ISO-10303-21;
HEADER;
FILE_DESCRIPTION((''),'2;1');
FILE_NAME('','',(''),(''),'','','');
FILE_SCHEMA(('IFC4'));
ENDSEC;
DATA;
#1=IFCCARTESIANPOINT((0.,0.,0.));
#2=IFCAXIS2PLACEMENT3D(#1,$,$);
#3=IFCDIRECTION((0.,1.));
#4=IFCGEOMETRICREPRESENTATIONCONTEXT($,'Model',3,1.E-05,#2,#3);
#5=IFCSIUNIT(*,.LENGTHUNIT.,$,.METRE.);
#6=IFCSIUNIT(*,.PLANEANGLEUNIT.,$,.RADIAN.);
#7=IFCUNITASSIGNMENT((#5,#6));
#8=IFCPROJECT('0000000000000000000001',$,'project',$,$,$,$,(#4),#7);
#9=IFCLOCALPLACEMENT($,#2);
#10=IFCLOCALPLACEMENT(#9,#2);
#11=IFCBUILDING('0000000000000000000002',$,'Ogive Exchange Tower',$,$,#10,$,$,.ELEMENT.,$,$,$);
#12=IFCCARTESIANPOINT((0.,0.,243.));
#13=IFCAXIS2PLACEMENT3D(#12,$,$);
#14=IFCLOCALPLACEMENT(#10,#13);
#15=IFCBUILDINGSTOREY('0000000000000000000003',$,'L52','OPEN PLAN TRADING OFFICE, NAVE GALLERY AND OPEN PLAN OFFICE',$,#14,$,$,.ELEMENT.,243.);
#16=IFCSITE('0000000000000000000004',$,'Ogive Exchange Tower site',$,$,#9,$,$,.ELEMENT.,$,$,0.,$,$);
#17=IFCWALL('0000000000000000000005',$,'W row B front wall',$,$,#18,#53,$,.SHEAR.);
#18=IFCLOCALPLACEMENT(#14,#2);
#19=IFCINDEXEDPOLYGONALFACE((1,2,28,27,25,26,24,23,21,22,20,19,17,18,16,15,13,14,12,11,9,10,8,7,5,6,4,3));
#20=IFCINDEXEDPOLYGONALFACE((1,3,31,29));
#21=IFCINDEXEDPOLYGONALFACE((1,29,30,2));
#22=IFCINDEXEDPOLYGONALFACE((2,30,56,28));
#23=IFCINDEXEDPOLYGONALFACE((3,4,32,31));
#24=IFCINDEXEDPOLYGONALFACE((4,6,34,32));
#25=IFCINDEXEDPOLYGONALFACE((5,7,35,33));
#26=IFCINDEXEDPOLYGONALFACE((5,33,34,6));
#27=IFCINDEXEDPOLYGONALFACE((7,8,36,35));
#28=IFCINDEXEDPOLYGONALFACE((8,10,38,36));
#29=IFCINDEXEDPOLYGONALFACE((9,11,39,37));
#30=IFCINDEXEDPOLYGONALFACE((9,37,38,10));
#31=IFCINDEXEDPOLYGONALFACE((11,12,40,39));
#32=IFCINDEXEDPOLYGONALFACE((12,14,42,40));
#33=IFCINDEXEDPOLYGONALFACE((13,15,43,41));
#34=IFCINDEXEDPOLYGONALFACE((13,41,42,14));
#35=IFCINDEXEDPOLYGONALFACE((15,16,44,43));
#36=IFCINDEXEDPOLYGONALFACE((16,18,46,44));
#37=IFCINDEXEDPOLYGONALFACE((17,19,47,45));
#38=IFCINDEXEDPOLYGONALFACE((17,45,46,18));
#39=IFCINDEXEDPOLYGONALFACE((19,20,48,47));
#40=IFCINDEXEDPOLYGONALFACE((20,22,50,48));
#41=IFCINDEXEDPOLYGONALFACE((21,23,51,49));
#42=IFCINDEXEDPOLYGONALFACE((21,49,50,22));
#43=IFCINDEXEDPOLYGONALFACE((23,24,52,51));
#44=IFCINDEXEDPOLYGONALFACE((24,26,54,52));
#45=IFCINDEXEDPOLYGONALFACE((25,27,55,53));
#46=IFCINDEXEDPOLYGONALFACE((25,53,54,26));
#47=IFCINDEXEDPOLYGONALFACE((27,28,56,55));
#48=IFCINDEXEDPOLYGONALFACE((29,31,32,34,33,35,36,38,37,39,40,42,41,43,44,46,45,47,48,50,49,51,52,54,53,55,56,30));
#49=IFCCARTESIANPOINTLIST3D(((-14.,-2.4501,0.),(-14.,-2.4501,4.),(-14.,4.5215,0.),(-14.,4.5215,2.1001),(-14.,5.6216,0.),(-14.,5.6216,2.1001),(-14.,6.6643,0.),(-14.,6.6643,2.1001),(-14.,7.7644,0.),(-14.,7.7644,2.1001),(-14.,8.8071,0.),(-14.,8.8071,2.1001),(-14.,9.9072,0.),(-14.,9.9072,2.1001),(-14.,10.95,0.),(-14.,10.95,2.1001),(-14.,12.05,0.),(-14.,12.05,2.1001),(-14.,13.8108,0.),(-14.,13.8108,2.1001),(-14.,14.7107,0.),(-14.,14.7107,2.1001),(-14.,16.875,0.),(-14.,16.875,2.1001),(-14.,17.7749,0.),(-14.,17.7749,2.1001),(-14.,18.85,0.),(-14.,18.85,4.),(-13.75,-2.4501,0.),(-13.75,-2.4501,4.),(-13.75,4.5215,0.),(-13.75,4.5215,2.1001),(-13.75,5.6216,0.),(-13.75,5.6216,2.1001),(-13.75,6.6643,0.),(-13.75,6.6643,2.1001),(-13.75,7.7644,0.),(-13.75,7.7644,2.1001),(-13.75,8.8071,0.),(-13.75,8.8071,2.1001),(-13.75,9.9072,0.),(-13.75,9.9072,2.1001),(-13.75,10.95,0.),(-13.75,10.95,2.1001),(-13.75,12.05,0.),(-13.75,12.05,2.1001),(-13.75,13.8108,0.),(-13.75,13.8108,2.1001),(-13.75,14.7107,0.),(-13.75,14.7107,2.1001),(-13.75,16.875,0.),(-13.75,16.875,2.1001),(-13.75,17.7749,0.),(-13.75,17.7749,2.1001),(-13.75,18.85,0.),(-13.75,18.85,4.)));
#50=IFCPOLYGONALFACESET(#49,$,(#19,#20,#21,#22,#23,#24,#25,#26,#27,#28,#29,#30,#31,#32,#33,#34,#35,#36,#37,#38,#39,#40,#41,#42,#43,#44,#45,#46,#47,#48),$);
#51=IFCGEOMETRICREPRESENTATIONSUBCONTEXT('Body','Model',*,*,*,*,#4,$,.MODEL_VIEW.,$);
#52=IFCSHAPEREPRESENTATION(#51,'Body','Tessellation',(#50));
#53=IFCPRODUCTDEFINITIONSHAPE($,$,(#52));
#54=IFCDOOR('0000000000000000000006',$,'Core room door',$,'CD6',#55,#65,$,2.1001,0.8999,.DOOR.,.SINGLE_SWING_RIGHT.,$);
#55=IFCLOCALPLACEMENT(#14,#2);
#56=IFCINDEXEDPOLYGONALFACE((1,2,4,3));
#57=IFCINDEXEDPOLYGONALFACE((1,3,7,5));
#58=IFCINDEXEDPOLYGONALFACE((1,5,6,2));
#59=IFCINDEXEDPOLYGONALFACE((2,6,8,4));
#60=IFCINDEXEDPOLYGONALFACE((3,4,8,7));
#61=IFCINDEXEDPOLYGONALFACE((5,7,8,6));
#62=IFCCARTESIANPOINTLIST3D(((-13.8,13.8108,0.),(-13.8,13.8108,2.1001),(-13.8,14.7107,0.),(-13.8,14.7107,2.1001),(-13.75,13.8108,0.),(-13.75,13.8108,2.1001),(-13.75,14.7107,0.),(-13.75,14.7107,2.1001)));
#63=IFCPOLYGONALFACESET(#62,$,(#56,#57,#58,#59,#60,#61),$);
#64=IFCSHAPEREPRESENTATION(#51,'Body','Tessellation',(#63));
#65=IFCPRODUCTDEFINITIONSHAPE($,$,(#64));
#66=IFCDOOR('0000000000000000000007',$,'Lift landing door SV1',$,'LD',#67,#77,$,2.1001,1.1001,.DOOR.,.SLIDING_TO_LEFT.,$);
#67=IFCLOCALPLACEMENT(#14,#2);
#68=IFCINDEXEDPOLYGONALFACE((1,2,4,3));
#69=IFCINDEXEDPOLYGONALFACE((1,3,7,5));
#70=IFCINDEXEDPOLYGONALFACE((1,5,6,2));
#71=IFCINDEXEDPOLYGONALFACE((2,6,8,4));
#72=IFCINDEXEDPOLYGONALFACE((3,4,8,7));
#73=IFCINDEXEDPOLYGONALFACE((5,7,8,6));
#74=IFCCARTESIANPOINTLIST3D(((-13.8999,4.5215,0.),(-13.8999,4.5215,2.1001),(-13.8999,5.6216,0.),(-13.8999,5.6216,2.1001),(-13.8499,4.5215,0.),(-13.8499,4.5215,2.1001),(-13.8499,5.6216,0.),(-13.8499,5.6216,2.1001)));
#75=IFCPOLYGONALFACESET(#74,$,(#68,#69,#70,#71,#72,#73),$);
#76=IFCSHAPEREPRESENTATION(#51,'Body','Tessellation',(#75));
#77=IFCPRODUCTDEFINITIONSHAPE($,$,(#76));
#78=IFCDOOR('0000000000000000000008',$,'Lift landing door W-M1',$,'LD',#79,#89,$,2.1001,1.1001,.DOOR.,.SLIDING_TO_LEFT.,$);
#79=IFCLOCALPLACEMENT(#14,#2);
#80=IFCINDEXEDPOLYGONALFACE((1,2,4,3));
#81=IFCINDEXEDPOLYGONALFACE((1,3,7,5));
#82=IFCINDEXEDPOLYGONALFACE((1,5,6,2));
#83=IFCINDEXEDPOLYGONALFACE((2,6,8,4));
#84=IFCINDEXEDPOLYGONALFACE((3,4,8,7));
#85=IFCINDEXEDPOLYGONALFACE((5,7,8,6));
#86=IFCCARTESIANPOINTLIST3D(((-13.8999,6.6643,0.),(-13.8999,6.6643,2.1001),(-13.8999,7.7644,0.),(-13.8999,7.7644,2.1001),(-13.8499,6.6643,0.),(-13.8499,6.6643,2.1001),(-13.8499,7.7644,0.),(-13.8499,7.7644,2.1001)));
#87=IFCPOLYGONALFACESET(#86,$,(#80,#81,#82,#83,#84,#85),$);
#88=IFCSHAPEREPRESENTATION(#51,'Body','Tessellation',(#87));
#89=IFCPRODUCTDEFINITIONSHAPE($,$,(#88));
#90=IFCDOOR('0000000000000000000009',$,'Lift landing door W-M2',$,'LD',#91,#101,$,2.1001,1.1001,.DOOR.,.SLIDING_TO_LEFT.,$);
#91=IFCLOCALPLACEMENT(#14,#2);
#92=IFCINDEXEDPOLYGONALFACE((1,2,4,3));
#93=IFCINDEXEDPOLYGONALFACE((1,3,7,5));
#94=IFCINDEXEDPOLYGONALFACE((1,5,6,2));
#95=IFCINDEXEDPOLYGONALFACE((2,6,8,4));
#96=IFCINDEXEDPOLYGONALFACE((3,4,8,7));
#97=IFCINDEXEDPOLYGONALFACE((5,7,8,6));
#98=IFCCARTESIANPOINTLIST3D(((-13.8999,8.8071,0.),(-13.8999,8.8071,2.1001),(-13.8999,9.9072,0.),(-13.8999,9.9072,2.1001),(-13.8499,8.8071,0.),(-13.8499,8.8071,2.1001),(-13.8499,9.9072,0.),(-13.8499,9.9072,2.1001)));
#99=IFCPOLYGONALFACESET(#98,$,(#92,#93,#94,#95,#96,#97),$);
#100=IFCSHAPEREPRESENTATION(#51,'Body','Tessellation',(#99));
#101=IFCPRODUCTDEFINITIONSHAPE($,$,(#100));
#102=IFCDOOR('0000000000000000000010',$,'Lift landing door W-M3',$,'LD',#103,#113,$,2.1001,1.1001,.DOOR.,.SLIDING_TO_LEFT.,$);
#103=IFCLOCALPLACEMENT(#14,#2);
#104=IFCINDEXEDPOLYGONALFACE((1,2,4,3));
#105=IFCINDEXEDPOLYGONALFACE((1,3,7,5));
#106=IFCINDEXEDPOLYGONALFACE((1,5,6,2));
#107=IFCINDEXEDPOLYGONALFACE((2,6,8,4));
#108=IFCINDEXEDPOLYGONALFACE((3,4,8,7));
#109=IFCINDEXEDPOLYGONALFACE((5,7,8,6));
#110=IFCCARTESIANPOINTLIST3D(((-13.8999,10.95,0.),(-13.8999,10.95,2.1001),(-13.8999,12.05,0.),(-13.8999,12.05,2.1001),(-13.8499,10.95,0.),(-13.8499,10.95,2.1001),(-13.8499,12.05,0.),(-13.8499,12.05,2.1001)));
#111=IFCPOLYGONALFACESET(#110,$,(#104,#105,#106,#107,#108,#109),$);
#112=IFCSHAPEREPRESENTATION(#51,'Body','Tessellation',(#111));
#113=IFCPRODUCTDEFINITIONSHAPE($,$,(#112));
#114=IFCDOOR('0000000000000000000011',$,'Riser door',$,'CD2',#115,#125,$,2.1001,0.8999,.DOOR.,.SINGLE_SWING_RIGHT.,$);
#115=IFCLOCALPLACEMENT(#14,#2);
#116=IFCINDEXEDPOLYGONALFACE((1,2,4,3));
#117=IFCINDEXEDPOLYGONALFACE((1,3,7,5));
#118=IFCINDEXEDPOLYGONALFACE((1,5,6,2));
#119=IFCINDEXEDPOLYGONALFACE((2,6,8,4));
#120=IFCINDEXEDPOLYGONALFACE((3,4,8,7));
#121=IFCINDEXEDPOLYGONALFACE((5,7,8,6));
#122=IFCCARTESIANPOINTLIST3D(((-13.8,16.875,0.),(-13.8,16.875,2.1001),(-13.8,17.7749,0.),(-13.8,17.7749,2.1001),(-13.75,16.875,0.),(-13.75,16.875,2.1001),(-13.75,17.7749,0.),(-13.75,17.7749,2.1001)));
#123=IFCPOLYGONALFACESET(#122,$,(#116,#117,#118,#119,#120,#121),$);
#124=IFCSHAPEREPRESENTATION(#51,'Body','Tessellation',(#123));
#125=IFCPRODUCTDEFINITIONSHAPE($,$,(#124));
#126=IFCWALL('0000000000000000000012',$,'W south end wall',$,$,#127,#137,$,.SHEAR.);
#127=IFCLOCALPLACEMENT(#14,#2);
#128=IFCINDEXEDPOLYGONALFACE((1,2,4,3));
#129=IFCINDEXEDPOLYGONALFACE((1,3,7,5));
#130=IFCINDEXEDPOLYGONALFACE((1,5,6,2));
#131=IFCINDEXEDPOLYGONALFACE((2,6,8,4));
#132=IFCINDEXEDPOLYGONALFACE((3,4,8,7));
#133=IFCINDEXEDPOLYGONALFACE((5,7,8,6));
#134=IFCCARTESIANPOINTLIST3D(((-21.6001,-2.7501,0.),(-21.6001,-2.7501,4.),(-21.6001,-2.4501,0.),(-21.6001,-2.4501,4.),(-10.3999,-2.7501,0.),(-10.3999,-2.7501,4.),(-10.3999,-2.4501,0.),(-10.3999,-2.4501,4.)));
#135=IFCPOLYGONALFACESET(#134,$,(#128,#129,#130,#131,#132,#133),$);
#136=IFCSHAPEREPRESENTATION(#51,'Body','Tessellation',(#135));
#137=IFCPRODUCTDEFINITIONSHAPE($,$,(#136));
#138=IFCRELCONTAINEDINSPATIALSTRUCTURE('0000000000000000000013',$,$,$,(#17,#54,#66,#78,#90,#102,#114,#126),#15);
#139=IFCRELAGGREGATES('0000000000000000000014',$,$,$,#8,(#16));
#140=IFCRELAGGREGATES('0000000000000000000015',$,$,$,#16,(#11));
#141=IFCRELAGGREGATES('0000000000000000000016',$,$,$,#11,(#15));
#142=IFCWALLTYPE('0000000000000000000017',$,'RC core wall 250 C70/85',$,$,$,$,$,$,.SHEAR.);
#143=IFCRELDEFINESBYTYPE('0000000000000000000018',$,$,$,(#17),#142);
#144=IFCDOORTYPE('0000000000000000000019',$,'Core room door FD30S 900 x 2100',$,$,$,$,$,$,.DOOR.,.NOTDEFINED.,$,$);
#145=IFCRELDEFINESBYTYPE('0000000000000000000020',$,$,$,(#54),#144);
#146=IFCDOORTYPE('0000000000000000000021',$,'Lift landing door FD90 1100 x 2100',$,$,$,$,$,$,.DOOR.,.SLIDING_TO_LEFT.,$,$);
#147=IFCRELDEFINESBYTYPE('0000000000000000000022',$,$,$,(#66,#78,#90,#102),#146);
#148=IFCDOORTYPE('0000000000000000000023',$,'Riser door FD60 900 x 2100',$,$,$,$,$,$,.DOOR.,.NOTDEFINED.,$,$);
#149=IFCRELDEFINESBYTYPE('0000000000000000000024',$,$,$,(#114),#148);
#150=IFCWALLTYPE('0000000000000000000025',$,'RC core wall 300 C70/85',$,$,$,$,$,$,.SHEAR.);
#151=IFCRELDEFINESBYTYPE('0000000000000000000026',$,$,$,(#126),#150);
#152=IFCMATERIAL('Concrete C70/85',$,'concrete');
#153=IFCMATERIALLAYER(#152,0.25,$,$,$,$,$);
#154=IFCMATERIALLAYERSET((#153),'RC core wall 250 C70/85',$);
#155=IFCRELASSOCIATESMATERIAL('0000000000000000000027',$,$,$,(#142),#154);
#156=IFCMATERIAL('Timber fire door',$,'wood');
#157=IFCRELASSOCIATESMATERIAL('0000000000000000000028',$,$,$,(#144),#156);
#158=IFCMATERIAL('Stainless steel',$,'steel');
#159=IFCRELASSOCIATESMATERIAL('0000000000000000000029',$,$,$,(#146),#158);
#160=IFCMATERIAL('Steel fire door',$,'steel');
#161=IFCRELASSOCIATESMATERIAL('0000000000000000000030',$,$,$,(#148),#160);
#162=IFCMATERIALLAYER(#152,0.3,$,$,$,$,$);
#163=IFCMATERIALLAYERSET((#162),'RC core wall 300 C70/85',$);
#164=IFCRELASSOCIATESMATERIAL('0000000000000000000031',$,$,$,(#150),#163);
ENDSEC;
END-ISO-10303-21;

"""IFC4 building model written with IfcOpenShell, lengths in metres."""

from ifc_helpers import new_model, si_unit, direction, frame, frame_2d, origin, place, context, subcontext, project, spatial, rectangle, extrude, material, layer, layer_set, type_object, element, fill, save


model = new_model("IFC4")

# Units and contexts
model_context = context("Model", 3, precision=1e-05, world=origin(), true_north=direction((0.0, 1.0)))
body_context = subcontext(model_context, "Body", "Model", "MODEL_VIEW")
ifc_project = project(units=[si_unit("LENGTHUNIT", "METRE"), si_unit("PLANEANGLEUNIT", "RADIAN")], contexts=[model_context])

# Site, building, storey
site_placement = place(None, origin())
site = spatial("IfcSite", under=ifc_project, at=site_placement, Name="Ogive Exchange Tower site", CompositionType="ELEMENT", RefElevation=0.0)
building_placement = place(site_placement, origin())
building = spatial("IfcBuilding", under=site, at=building_placement, Name="Ogive Exchange Tower", CompositionType="ELEMENT")
storey_placement = place(building_placement, frame((0.0, 0.0, 243.0)))
storey = spatial("IfcBuildingStorey", under=building, at=storey_placement, Name="L52", Description="OPEN PLAN TRADING OFFICE, NAVE GALLERY AND OPEN PLAN OFFICE", CompositionType="ELEMENT", Elevation=243.0)

# Shared definitions
ifc_material_1 = material(Name="Concrete C70/85", Category="concrete")
ifc_layer_1 = layer(ifc_material_1, 0.25)
ifc_layer_set_1 = layer_set([ifc_layer_1], Name="RC core wall 250 C70/85")
wall_type_1 = type_object("IfcWallType", Name="RC core wall 250 C70/85", PredefinedType="SHEAR", material=ifc_layer_set_1)
ifc_material_2 = material(Name="Steel fire door", Category="steel")

# Wall, openings, doors
wall_1_placement = place(storey_placement, frame((-13.875, -2.45, 0.0), z_axis=(0.0, 0.0, 1.0), x_axis=(0.0, 1.0, 0.0)))
wall_1 = element("IfcWall", 1, at=wall_1_placement, inside=storey, type_object=wall_type_1, Name="W row B front wall", PredefinedType="SHEAR", context=body_context, shape_type="SweptSolid", body=[
    extrude(rectangle(XDim=21.3, YDim=0.25, at=frame_2d((10.6499, 0.0))), origin(), (0.0, 0.0, 1.0), 4.0),
])
opening_1_placement = place(wall_1_placement, frame((16.2607, 0.0, 0.0)))
opening_1 = element("IfcOpeningElement", 2, at=opening_1_placement, cuts=wall_1, PredefinedType="OPENING", context=body_context, shape_type="SweptSolid", body=[
    extrude(rectangle(XDim=0.8999, YDim=2.1001, at=frame_2d((0.45, 1.05))), frame((0.0, 0.135, 0.0), z_axis=(0.0, -1.0, 0.0), x_axis=(1.0, 0.0, 0.0)), (0.0, 0.0, 1.0), 0.27),
])
opening_2_placement = place(wall_1_placement, frame((19.325, 0.0, 0.0)))
opening_2 = element("IfcOpeningElement", 3, at=opening_2_placement, cuts=wall_1, PredefinedType="OPENING", context=body_context, shape_type="SweptSolid", body=[
    extrude(rectangle(XDim=0.8999, YDim=2.1001, at=frame_2d((0.45, 1.05))), frame((0.0, 0.135, 0.0), z_axis=(0.0, -1.0, 0.0), x_axis=(1.0, 0.0, 0.0)), (0.0, 0.0, 1.0), 0.27),
])
opening_3_placement = place(wall_1_placement, frame((6.9714, 0.0, 0.0)))
opening_3 = element("IfcOpeningElement", 4, at=opening_3_placement, cuts=wall_1, PredefinedType="OPENING", context=body_context, shape_type="SweptSolid", body=[
    extrude(rectangle(XDim=1.1001, YDim=2.1001, at=frame_2d((0.55, 1.05))), frame((0.0, 0.135, 0.0), z_axis=(0.0, -1.0, 0.0), x_axis=(1.0, 0.0, 0.0)), (0.0, 0.0, 1.0), 0.27),
])
opening_4_placement = place(wall_1_placement, frame((9.1143, 0.0, 0.0)))
opening_4 = element("IfcOpeningElement", 5, at=opening_4_placement, cuts=wall_1, PredefinedType="OPENING", context=body_context, shape_type="SweptSolid", body=[
    extrude(rectangle(XDim=1.1001, YDim=2.1001, at=frame_2d((0.55, 1.05))), frame((0.0, 0.135, 0.0), z_axis=(0.0, -1.0, 0.0), x_axis=(1.0, 0.0, 0.0)), (0.0, 0.0, 1.0), 0.27),
])
opening_5_placement = place(wall_1_placement, frame((11.2571, 0.0, 0.0)))
opening_5 = element("IfcOpeningElement", 6, at=opening_5_placement, cuts=wall_1, PredefinedType="OPENING", context=body_context, shape_type="SweptSolid", body=[
    extrude(rectangle(XDim=1.1001, YDim=2.1001, at=frame_2d((0.55, 1.05))), frame((0.0, 0.135, 0.0), z_axis=(0.0, -1.0, 0.0), x_axis=(1.0, 0.0, 0.0)), (0.0, 0.0, 1.0), 0.27),
])
opening_6_placement = place(wall_1_placement, frame((13.3999, 0.0, 0.0)))
opening_6 = element("IfcOpeningElement", 7, at=opening_6_placement, cuts=wall_1, PredefinedType="OPENING", context=body_context, shape_type="SweptSolid", body=[
    extrude(rectangle(XDim=1.1001, YDim=2.1001, at=frame_2d((0.55, 1.05))), frame((0.0, 0.135, 0.0), z_axis=(0.0, -1.0, 0.0), x_axis=(1.0, 0.0, 0.0)), (0.0, 0.0, 1.0), 0.27),
])
ifc_material_3 = material(Name="Timber fire door", Category="wood")
door_type_1 = type_object("IfcDoorType", Name="Core room door FD30S 900 x 2100", OperationType="NOTDEFINED", PredefinedType="DOOR", material=ifc_material_3)
door_1_placement = place(opening_1_placement, frame((0.8999, -0.2002, 0.0), z_axis=(0.0, 0.0, 1.0), x_axis=(-1.0, 0.0, 0.0)))
door_1 = element("IfcDoor", 8, at=door_1_placement, inside=storey, type_object=door_type_1, Name="Core room door", ObjectType="CD6", OperationType="SINGLE_SWING_RIGHT", OverallHeight=2.1001, OverallWidth=0.8999, PredefinedType="DOOR", context=body_context, shape_type="SweptSolid", body=[
    extrude(rectangle(XDim=0.8999, YDim=2.1001, at=frame_2d((0.45, 1.05))), frame((0.0, -0.0752, 0.0), z_axis=(0.0, -1.0, 0.0), x_axis=(1.0, 0.0, 0.0)), (0.0, 0.0, 1.0), 0.05),
])
fill(opening_1, door_1)
ifc_material_4 = material(Name="Stainless steel", Category="steel")
door_type_2 = type_object("IfcDoorType", Name="Lift landing door FD90 1100 x 2100", OperationType="SLIDING_TO_LEFT", PredefinedType="DOOR", material=ifc_material_4)
door_2_placement = place(opening_3_placement, origin())
door_2 = element("IfcDoor", 9, at=door_2_placement, inside=storey, type_object=door_type_2, Name="Lift landing door SV1", ObjectType="LD", OperationType="SLIDING_TO_LEFT", OverallHeight=2.1001, OverallWidth=1.1001, PredefinedType="DOOR", context=body_context, shape_type="SweptSolid", body=[
    extrude(rectangle(XDim=1.1001, YDim=2.1001, at=frame_2d((0.55, 1.05))), frame((0.0, 0.0249, 0.0), z_axis=(0.0, -1.0, 0.0), x_axis=(1.0, 0.0, 0.0)), (0.0, 0.0, 1.0), 0.05),
])
fill(opening_3, door_2)
door_3_placement = place(opening_4_placement, origin())
door_3 = element("IfcDoor", 10, at=door_3_placement, inside=storey, type_object=door_type_2, Name="Lift landing door W-M1", ObjectType="LD", OperationType="SLIDING_TO_LEFT", OverallHeight=2.1001, OverallWidth=1.1001, PredefinedType="DOOR", context=body_context, shape_type="SweptSolid", body=[
    extrude(rectangle(XDim=1.1001, YDim=2.1001, at=frame_2d((0.55, 1.05))), frame((0.0, 0.0249, 0.0), z_axis=(0.0, -1.0, 0.0), x_axis=(1.0, 0.0, 0.0)), (0.0, 0.0, 1.0), 0.05),
])
fill(opening_4, door_3)
door_4_placement = place(opening_5_placement, origin())
door_4 = element("IfcDoor", 11, at=door_4_placement, inside=storey, type_object=door_type_2, Name="Lift landing door W-M2", ObjectType="LD", OperationType="SLIDING_TO_LEFT", OverallHeight=2.1001, OverallWidth=1.1001, PredefinedType="DOOR", context=body_context, shape_type="SweptSolid", body=[
    extrude(rectangle(XDim=1.1001, YDim=2.1001, at=frame_2d((0.55, 1.05))), frame((0.0, 0.0249, 0.0), z_axis=(0.0, -1.0, 0.0), x_axis=(1.0, 0.0, 0.0)), (0.0, 0.0, 1.0), 0.05),
])
fill(opening_5, door_4)
door_5_placement = place(opening_6_placement, origin())
door_5 = element("IfcDoor", 12, at=door_5_placement, inside=storey, type_object=door_type_2, Name="Lift landing door W-M3", ObjectType="LD", OperationType="SLIDING_TO_LEFT", OverallHeight=2.1001, OverallWidth=1.1001, PredefinedType="DOOR", context=body_context, shape_type="SweptSolid", body=[
    extrude(rectangle(XDim=1.1001, YDim=2.1001, at=frame_2d((0.55, 1.05))), frame((0.0, 0.0249, 0.0), z_axis=(0.0, -1.0, 0.0), x_axis=(1.0, 0.0, 0.0)), (0.0, 0.0, 1.0), 0.05),
])
fill(opening_6, door_5)
door_type_3 = type_object("IfcDoorType", Name="Riser door FD60 900 x 2100", OperationType="NOTDEFINED", PredefinedType="DOOR", material=ifc_material_2)
door_6_placement = place(opening_2_placement, frame((0.8999, -0.2002, 0.0), z_axis=(0.0, 0.0, 1.0), x_axis=(-1.0, 0.0, 0.0)))
door_6 = element("IfcDoor", 13, at=door_6_placement, inside=storey, type_object=door_type_3, Name="Riser door", ObjectType="CD2", OperationType="SINGLE_SWING_RIGHT", OverallHeight=2.1001, OverallWidth=0.8999, PredefinedType="DOOR", context=body_context, shape_type="SweptSolid", body=[
    extrude(rectangle(XDim=0.8999, YDim=2.1001, at=frame_2d((0.45, 1.05))), frame((0.0, -0.0752, 0.0), z_axis=(0.0, -1.0, 0.0), x_axis=(1.0, 0.0, 0.0)), (0.0, 0.0, 1.0), 0.05),
])
fill(opening_2, door_6)

# Wall
ifc_layer_2 = layer(ifc_material_1, 0.3)
ifc_layer_set_2 = layer_set([ifc_layer_2], Name="RC core wall 300 C70/85")
wall_type_2 = type_object("IfcWallType", Name="RC core wall 300 C70/85", PredefinedType="SHEAR", material=ifc_layer_set_2)
wall_2_placement = place(storey_placement, frame((-21.6001, -2.6001, 0.0), z_axis=(0.0, 0.0, 1.0), x_axis=(1.0, 0.0, 0.0)))
element("IfcWall", 14, at=wall_2_placement, inside=storey, type_object=wall_type_2, Name="W south end wall", PredefinedType="SHEAR", context=body_context, shape_type="SweptSolid", body=[
    extrude(rectangle(XDim=11.2002, YDim=0.3, at=frame_2d((5.6001, 0.0))), origin(), (0.0, 0.0, 1.0), 4.0),
])

save(model, "model.ifc")
